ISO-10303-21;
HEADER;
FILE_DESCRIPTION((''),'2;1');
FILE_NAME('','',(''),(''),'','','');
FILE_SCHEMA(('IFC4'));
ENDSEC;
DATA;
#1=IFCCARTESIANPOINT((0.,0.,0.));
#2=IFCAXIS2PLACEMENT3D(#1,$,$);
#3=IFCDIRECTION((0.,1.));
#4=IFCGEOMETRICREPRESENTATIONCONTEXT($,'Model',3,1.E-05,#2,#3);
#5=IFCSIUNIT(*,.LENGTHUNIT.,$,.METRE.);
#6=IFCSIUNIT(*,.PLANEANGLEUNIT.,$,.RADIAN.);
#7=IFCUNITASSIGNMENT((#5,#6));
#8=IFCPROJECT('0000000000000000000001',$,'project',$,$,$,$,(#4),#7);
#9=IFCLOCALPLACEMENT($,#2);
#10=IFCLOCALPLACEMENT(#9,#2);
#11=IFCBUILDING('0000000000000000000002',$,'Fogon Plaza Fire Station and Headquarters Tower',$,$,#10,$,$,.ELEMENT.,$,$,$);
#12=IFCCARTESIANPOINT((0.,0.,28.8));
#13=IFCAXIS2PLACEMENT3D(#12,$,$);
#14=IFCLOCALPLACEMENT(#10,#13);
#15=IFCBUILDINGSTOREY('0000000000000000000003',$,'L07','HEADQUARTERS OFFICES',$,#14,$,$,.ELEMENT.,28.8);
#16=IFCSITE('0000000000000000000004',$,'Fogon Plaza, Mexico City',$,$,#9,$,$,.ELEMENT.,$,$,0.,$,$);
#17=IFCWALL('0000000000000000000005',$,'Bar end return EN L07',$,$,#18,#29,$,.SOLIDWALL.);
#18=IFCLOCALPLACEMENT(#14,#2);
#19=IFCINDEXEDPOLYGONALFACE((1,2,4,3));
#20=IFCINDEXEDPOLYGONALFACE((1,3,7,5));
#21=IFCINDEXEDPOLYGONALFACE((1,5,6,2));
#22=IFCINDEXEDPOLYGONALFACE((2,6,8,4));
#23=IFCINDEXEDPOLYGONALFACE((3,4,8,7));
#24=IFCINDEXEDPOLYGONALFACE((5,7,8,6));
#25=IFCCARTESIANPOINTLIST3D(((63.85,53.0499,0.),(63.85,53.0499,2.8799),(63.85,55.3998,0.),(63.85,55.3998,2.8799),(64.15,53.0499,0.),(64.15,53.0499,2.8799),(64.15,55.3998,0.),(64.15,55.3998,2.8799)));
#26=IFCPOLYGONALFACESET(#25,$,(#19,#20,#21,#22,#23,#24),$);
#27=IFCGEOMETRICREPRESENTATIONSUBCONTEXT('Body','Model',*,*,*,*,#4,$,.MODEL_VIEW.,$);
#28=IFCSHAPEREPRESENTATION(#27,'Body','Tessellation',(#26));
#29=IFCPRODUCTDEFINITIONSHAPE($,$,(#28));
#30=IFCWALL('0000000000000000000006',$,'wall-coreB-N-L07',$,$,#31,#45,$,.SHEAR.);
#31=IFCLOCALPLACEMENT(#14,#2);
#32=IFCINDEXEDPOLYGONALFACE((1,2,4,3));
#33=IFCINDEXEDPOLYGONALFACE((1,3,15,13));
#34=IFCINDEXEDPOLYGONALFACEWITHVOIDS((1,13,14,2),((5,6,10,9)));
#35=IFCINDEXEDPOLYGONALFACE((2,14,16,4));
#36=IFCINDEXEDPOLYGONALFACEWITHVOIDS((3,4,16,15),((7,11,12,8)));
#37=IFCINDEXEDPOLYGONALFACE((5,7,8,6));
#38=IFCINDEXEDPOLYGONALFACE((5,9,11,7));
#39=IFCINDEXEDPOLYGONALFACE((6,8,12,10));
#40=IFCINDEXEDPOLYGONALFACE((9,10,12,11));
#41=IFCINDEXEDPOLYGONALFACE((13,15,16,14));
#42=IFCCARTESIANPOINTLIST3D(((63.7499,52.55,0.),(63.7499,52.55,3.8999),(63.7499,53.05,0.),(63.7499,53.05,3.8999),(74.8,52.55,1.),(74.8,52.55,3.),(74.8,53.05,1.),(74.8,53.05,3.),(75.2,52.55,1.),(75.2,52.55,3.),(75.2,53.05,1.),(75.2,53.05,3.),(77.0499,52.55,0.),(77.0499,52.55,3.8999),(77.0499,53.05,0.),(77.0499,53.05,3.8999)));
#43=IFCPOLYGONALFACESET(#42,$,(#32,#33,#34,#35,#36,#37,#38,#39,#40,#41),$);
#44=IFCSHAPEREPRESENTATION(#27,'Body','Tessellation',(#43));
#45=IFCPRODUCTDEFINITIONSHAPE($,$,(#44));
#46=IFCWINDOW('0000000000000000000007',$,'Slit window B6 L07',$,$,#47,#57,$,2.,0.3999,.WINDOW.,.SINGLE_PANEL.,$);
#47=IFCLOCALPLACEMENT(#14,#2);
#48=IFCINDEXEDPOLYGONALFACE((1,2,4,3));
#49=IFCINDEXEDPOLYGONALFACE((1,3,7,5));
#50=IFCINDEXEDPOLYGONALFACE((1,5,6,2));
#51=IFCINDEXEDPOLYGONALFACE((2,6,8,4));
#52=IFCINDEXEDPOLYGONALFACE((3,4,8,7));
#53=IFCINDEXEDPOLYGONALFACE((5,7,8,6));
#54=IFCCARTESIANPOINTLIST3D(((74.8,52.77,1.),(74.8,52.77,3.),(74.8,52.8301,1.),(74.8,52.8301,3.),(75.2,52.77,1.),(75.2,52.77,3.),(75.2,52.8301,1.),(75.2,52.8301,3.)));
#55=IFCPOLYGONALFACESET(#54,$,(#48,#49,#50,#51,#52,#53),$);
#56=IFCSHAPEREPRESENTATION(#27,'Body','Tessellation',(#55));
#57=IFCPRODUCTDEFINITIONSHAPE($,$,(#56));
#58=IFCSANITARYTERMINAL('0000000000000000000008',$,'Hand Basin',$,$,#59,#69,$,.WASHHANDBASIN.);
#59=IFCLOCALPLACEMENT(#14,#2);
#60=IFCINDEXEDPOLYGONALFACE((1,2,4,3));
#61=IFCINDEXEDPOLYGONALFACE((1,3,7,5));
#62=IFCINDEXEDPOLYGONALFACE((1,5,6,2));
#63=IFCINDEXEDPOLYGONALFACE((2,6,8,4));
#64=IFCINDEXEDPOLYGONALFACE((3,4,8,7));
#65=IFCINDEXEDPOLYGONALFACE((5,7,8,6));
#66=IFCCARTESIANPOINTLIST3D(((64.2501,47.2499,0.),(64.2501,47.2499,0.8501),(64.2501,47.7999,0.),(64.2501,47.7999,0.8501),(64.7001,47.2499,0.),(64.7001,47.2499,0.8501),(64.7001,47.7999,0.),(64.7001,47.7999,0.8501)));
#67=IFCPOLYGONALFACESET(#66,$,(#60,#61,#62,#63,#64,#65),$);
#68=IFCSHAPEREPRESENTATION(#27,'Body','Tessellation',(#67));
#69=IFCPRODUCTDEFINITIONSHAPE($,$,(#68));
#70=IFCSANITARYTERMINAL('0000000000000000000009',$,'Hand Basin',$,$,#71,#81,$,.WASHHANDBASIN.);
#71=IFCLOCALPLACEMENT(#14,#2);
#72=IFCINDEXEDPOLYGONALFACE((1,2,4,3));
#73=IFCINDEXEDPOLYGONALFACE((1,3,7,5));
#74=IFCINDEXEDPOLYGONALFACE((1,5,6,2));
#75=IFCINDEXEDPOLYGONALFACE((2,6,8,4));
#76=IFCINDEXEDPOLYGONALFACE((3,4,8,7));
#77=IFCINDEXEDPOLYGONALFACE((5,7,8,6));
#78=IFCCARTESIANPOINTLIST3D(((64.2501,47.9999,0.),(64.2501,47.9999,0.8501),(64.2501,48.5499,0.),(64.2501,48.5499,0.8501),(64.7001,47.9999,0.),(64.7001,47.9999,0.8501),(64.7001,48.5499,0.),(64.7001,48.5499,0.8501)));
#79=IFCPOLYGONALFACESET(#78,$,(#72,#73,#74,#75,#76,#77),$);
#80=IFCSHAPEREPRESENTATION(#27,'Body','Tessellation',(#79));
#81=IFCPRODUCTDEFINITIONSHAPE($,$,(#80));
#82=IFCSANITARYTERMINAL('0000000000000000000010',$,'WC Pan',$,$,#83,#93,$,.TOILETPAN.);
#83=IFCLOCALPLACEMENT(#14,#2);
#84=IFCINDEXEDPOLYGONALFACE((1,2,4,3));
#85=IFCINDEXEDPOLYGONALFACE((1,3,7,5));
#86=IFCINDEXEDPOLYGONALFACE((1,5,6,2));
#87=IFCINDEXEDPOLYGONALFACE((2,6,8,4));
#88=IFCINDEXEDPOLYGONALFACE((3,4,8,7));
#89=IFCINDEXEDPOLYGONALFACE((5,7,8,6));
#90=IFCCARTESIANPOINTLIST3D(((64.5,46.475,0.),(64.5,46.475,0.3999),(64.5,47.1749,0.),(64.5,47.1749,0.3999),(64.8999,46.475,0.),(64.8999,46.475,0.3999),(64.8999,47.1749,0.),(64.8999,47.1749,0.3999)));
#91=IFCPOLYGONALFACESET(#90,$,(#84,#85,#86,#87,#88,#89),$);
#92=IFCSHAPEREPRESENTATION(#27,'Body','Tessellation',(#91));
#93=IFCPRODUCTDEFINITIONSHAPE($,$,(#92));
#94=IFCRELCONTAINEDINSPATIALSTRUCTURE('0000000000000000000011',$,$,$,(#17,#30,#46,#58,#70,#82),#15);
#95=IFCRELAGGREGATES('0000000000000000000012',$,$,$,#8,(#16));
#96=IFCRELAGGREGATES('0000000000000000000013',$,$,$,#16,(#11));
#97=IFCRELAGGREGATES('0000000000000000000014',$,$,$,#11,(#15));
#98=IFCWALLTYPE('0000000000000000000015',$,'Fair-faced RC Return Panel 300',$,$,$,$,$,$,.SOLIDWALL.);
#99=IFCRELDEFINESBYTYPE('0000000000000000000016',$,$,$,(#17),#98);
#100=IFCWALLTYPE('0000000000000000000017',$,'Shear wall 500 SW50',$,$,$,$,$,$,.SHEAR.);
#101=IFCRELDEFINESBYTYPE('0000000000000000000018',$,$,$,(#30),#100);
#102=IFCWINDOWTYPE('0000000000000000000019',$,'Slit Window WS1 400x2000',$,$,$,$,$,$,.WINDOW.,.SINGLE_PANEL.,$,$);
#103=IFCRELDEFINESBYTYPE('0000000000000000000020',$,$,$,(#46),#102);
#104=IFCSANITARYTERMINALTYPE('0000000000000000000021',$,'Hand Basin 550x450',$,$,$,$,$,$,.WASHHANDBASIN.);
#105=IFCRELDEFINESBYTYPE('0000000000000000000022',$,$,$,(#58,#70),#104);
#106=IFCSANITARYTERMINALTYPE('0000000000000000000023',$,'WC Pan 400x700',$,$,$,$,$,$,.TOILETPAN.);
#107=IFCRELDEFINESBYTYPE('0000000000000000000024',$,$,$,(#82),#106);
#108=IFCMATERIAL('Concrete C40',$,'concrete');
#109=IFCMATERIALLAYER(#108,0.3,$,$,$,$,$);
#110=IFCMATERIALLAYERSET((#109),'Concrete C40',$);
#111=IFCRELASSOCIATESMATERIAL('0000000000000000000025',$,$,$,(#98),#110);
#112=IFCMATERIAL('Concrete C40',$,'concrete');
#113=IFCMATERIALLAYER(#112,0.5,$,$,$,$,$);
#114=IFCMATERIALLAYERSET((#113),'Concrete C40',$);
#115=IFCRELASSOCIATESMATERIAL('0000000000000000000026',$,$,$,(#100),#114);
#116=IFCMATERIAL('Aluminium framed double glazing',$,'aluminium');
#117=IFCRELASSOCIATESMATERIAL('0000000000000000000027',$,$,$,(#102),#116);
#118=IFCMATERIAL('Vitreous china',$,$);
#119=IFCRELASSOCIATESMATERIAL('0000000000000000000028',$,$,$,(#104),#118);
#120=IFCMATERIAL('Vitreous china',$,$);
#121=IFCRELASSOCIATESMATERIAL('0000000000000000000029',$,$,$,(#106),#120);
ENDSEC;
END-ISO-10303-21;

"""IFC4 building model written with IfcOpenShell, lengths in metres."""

from ifc_helpers import new_model, si_unit, direction, frame, frame_2d, origin, origin_2d, place, context, subcontext, project, spatial, rectangle, extrude, material, layer, layer_set, type_object, element, fill, save


model = new_model("IFC4")

# Units and contexts
model_context = context("Model", 3, precision=1e-05, world=origin(), true_north=direction((0.0, 1.0)))
body_context = subcontext(model_context, "Body", "Model", "MODEL_VIEW")
ifc_project = project(units=[si_unit("LENGTHUNIT", "METRE"), si_unit("PLANEANGLEUNIT", "RADIAN")], contexts=[model_context])

# Site, building, storey
site_placement = place(None, origin())
site = spatial("IfcSite", under=ifc_project, at=site_placement, Name="Fogon Plaza, Mexico City", CompositionType="ELEMENT", RefElevation=0.0)
building_placement = place(site_placement, origin())
building = spatial("IfcBuilding", under=site, at=building_placement, Name="Fogon Plaza Fire Station and Headquarters Tower", CompositionType="ELEMENT")
storey_placement = place(building_placement, frame((0.0, 0.0, 28.8)))
storey = spatial("IfcBuildingStorey", under=building, at=storey_placement, Name="L07", Description="HEADQUARTERS OFFICES", CompositionType="ELEMENT", Elevation=28.8)

# Wall
ifc_material_1 = material(Name="Concrete C40", Category="concrete")
ifc_layer_1 = layer(ifc_material_1, 0.3)
ifc_layer_set_1 = layer_set([ifc_layer_1], Name="Concrete C40")
wall_type_1 = type_object("IfcWallType", Name="Fair-faced RC Return Panel 300", PredefinedType="SOLIDWALL", material=ifc_layer_set_1)
wall_1_placement = place(storey_placement, frame((64.0, 53.05, 0.0), z_axis=(0.0, 0.0, 1.0), x_axis=(0.0, 1.0, 0.0)))
element("IfcWall", 1, at=wall_1_placement, inside=storey, type_object=wall_type_1, Name="Bar end return EN L07", PredefinedType="SOLIDWALL", context=body_context, shape_type="SweptSolid", body=[
    extrude(rectangle(XDim=2.3499, YDim=0.3, at=frame_2d((1.1748, 0.0))), origin(), (0.0, 0.0, 1.0), 2.8799),
])

# Wall, opening, window
ifc_material_2 = material(Name="Concrete C40", Category="concrete")
ifc_layer_2 = layer(ifc_material_2, 0.5)
ifc_layer_set_2 = layer_set([ifc_layer_2], Name="Concrete C40")
wall_type_2 = type_object("IfcWallType", Name="Shear wall 500 SW50", PredefinedType="SHEAR", material=ifc_layer_set_2)
wall_2_placement = place(storey_placement, frame((63.75, 52.8, 0.0), z_axis=(0.0, 0.0, 1.0), x_axis=(1.0, 0.0, 0.0)))
wall_2 = element("IfcWall", 2, at=wall_2_placement, inside=storey, type_object=wall_type_2, Name="wall-coreB-N-L07", PredefinedType="SHEAR", context=body_context, shape_type="SweptSolid", body=[
    extrude(rectangle(XDim=13.3, YDim=0.5, at=frame_2d((6.6499, 0.0))), origin(), (0.0, 0.0, 1.0), 3.8999),
])
opening_placement = place(wall_2_placement, frame((11.05, 0.0, 1.0)))
opening = element("IfcOpeningElement", 3, at=opening_placement, cuts=wall_2, PredefinedType="OPENING", context=body_context, shape_type="SweptSolid", body=[
    extrude(rectangle(XDim=0.3999, YDim=2.0, at=frame_2d((0.2, 1.0))), frame((0.0, 0.26, 0.0), z_axis=(0.0, -1.0, 0.0), x_axis=(1.0, 0.0, 0.0)), (0.0, 0.0, 1.0), 0.52),
])
ifc_material_3 = material(Name="Aluminium framed double glazing", Category="aluminium")
window_type = type_object("IfcWindowType", Name="Slit Window WS1 400x2000", PartitioningType="SINGLE_PANEL", PredefinedType="WINDOW", material=ifc_material_3)
window_placement = place(opening_placement, origin())
window = element("IfcWindow", 4, at=window_placement, inside=storey, type_object=window_type, Name="Slit window B6 L07", OverallHeight=2.0, OverallWidth=0.3999, PartitioningType="SINGLE_PANEL", PredefinedType="WINDOW", context=body_context, shape_type="SweptSolid", body=[
    extrude(rectangle(XDim=0.3999, YDim=2.0, at=frame_2d((0.2, 1.0))), frame((0.0, 0.03, 0.0), z_axis=(0.0, -1.0, 0.0), x_axis=(1.0, 0.0, 0.0)), (0.0, 0.0, 1.0), 0.0601),
])
fill(opening, window)

# Sanitary terminals
ifc_material_4 = material(Name="Vitreous china")
sanitary_terminal_type_1 = type_object("IfcSanitaryTerminalType", Name="Hand Basin 550x450", PredefinedType="WASHHANDBASIN", material=ifc_material_4)
for number, where, z_axis, x_axis, name in (
    (5, (64.4751, 47.5249, 0.0), (0.0, 0.0, 1.0), (1.0, 0.0, 0.0), "Hand Basin"),
    (6, (64.4751, 48.2749, 0.0), (0.0, 0.0, 1.0), (1.0, 0.0, 0.0), "Hand Basin"),
):
    element("IfcSanitaryTerminal", number, at=place(storey_placement, frame(where, z_axis=z_axis, x_axis=x_axis)), inside=storey, type_object=sanitary_terminal_type_1, Name=name, PredefinedType="WASHHANDBASIN", context=body_context, shape_type="SweptSolid", body=[
        extrude(rectangle(XDim=0.45, YDim=0.55, at=origin_2d()), origin(), (0.0, 0.0, 1.0), 0.8501),
    ])
ifc_material_5 = material(Name="Vitreous china")
sanitary_terminal_type_2 = type_object("IfcSanitaryTerminalType", Name="WC Pan 400x700", PredefinedType="TOILETPAN", material=ifc_material_5)
sanitary_terminal_placement = place(storey_placement, frame((64.7, 46.825, 0.0), z_axis=(0.0, 0.0, 1.0), x_axis=(1.0, 0.0, 0.0)))
element("IfcSanitaryTerminal", 7, at=sanitary_terminal_placement, inside=storey, type_object=sanitary_terminal_type_2, Name="WC Pan", PredefinedType="TOILETPAN", context=body_context, shape_type="SweptSolid", body=[
    extrude(rectangle(XDim=0.3999, YDim=0.7, at=origin_2d()), origin(), (0.0, 0.0, 1.0), 0.3999),
])

save(model, "model.ifc")
